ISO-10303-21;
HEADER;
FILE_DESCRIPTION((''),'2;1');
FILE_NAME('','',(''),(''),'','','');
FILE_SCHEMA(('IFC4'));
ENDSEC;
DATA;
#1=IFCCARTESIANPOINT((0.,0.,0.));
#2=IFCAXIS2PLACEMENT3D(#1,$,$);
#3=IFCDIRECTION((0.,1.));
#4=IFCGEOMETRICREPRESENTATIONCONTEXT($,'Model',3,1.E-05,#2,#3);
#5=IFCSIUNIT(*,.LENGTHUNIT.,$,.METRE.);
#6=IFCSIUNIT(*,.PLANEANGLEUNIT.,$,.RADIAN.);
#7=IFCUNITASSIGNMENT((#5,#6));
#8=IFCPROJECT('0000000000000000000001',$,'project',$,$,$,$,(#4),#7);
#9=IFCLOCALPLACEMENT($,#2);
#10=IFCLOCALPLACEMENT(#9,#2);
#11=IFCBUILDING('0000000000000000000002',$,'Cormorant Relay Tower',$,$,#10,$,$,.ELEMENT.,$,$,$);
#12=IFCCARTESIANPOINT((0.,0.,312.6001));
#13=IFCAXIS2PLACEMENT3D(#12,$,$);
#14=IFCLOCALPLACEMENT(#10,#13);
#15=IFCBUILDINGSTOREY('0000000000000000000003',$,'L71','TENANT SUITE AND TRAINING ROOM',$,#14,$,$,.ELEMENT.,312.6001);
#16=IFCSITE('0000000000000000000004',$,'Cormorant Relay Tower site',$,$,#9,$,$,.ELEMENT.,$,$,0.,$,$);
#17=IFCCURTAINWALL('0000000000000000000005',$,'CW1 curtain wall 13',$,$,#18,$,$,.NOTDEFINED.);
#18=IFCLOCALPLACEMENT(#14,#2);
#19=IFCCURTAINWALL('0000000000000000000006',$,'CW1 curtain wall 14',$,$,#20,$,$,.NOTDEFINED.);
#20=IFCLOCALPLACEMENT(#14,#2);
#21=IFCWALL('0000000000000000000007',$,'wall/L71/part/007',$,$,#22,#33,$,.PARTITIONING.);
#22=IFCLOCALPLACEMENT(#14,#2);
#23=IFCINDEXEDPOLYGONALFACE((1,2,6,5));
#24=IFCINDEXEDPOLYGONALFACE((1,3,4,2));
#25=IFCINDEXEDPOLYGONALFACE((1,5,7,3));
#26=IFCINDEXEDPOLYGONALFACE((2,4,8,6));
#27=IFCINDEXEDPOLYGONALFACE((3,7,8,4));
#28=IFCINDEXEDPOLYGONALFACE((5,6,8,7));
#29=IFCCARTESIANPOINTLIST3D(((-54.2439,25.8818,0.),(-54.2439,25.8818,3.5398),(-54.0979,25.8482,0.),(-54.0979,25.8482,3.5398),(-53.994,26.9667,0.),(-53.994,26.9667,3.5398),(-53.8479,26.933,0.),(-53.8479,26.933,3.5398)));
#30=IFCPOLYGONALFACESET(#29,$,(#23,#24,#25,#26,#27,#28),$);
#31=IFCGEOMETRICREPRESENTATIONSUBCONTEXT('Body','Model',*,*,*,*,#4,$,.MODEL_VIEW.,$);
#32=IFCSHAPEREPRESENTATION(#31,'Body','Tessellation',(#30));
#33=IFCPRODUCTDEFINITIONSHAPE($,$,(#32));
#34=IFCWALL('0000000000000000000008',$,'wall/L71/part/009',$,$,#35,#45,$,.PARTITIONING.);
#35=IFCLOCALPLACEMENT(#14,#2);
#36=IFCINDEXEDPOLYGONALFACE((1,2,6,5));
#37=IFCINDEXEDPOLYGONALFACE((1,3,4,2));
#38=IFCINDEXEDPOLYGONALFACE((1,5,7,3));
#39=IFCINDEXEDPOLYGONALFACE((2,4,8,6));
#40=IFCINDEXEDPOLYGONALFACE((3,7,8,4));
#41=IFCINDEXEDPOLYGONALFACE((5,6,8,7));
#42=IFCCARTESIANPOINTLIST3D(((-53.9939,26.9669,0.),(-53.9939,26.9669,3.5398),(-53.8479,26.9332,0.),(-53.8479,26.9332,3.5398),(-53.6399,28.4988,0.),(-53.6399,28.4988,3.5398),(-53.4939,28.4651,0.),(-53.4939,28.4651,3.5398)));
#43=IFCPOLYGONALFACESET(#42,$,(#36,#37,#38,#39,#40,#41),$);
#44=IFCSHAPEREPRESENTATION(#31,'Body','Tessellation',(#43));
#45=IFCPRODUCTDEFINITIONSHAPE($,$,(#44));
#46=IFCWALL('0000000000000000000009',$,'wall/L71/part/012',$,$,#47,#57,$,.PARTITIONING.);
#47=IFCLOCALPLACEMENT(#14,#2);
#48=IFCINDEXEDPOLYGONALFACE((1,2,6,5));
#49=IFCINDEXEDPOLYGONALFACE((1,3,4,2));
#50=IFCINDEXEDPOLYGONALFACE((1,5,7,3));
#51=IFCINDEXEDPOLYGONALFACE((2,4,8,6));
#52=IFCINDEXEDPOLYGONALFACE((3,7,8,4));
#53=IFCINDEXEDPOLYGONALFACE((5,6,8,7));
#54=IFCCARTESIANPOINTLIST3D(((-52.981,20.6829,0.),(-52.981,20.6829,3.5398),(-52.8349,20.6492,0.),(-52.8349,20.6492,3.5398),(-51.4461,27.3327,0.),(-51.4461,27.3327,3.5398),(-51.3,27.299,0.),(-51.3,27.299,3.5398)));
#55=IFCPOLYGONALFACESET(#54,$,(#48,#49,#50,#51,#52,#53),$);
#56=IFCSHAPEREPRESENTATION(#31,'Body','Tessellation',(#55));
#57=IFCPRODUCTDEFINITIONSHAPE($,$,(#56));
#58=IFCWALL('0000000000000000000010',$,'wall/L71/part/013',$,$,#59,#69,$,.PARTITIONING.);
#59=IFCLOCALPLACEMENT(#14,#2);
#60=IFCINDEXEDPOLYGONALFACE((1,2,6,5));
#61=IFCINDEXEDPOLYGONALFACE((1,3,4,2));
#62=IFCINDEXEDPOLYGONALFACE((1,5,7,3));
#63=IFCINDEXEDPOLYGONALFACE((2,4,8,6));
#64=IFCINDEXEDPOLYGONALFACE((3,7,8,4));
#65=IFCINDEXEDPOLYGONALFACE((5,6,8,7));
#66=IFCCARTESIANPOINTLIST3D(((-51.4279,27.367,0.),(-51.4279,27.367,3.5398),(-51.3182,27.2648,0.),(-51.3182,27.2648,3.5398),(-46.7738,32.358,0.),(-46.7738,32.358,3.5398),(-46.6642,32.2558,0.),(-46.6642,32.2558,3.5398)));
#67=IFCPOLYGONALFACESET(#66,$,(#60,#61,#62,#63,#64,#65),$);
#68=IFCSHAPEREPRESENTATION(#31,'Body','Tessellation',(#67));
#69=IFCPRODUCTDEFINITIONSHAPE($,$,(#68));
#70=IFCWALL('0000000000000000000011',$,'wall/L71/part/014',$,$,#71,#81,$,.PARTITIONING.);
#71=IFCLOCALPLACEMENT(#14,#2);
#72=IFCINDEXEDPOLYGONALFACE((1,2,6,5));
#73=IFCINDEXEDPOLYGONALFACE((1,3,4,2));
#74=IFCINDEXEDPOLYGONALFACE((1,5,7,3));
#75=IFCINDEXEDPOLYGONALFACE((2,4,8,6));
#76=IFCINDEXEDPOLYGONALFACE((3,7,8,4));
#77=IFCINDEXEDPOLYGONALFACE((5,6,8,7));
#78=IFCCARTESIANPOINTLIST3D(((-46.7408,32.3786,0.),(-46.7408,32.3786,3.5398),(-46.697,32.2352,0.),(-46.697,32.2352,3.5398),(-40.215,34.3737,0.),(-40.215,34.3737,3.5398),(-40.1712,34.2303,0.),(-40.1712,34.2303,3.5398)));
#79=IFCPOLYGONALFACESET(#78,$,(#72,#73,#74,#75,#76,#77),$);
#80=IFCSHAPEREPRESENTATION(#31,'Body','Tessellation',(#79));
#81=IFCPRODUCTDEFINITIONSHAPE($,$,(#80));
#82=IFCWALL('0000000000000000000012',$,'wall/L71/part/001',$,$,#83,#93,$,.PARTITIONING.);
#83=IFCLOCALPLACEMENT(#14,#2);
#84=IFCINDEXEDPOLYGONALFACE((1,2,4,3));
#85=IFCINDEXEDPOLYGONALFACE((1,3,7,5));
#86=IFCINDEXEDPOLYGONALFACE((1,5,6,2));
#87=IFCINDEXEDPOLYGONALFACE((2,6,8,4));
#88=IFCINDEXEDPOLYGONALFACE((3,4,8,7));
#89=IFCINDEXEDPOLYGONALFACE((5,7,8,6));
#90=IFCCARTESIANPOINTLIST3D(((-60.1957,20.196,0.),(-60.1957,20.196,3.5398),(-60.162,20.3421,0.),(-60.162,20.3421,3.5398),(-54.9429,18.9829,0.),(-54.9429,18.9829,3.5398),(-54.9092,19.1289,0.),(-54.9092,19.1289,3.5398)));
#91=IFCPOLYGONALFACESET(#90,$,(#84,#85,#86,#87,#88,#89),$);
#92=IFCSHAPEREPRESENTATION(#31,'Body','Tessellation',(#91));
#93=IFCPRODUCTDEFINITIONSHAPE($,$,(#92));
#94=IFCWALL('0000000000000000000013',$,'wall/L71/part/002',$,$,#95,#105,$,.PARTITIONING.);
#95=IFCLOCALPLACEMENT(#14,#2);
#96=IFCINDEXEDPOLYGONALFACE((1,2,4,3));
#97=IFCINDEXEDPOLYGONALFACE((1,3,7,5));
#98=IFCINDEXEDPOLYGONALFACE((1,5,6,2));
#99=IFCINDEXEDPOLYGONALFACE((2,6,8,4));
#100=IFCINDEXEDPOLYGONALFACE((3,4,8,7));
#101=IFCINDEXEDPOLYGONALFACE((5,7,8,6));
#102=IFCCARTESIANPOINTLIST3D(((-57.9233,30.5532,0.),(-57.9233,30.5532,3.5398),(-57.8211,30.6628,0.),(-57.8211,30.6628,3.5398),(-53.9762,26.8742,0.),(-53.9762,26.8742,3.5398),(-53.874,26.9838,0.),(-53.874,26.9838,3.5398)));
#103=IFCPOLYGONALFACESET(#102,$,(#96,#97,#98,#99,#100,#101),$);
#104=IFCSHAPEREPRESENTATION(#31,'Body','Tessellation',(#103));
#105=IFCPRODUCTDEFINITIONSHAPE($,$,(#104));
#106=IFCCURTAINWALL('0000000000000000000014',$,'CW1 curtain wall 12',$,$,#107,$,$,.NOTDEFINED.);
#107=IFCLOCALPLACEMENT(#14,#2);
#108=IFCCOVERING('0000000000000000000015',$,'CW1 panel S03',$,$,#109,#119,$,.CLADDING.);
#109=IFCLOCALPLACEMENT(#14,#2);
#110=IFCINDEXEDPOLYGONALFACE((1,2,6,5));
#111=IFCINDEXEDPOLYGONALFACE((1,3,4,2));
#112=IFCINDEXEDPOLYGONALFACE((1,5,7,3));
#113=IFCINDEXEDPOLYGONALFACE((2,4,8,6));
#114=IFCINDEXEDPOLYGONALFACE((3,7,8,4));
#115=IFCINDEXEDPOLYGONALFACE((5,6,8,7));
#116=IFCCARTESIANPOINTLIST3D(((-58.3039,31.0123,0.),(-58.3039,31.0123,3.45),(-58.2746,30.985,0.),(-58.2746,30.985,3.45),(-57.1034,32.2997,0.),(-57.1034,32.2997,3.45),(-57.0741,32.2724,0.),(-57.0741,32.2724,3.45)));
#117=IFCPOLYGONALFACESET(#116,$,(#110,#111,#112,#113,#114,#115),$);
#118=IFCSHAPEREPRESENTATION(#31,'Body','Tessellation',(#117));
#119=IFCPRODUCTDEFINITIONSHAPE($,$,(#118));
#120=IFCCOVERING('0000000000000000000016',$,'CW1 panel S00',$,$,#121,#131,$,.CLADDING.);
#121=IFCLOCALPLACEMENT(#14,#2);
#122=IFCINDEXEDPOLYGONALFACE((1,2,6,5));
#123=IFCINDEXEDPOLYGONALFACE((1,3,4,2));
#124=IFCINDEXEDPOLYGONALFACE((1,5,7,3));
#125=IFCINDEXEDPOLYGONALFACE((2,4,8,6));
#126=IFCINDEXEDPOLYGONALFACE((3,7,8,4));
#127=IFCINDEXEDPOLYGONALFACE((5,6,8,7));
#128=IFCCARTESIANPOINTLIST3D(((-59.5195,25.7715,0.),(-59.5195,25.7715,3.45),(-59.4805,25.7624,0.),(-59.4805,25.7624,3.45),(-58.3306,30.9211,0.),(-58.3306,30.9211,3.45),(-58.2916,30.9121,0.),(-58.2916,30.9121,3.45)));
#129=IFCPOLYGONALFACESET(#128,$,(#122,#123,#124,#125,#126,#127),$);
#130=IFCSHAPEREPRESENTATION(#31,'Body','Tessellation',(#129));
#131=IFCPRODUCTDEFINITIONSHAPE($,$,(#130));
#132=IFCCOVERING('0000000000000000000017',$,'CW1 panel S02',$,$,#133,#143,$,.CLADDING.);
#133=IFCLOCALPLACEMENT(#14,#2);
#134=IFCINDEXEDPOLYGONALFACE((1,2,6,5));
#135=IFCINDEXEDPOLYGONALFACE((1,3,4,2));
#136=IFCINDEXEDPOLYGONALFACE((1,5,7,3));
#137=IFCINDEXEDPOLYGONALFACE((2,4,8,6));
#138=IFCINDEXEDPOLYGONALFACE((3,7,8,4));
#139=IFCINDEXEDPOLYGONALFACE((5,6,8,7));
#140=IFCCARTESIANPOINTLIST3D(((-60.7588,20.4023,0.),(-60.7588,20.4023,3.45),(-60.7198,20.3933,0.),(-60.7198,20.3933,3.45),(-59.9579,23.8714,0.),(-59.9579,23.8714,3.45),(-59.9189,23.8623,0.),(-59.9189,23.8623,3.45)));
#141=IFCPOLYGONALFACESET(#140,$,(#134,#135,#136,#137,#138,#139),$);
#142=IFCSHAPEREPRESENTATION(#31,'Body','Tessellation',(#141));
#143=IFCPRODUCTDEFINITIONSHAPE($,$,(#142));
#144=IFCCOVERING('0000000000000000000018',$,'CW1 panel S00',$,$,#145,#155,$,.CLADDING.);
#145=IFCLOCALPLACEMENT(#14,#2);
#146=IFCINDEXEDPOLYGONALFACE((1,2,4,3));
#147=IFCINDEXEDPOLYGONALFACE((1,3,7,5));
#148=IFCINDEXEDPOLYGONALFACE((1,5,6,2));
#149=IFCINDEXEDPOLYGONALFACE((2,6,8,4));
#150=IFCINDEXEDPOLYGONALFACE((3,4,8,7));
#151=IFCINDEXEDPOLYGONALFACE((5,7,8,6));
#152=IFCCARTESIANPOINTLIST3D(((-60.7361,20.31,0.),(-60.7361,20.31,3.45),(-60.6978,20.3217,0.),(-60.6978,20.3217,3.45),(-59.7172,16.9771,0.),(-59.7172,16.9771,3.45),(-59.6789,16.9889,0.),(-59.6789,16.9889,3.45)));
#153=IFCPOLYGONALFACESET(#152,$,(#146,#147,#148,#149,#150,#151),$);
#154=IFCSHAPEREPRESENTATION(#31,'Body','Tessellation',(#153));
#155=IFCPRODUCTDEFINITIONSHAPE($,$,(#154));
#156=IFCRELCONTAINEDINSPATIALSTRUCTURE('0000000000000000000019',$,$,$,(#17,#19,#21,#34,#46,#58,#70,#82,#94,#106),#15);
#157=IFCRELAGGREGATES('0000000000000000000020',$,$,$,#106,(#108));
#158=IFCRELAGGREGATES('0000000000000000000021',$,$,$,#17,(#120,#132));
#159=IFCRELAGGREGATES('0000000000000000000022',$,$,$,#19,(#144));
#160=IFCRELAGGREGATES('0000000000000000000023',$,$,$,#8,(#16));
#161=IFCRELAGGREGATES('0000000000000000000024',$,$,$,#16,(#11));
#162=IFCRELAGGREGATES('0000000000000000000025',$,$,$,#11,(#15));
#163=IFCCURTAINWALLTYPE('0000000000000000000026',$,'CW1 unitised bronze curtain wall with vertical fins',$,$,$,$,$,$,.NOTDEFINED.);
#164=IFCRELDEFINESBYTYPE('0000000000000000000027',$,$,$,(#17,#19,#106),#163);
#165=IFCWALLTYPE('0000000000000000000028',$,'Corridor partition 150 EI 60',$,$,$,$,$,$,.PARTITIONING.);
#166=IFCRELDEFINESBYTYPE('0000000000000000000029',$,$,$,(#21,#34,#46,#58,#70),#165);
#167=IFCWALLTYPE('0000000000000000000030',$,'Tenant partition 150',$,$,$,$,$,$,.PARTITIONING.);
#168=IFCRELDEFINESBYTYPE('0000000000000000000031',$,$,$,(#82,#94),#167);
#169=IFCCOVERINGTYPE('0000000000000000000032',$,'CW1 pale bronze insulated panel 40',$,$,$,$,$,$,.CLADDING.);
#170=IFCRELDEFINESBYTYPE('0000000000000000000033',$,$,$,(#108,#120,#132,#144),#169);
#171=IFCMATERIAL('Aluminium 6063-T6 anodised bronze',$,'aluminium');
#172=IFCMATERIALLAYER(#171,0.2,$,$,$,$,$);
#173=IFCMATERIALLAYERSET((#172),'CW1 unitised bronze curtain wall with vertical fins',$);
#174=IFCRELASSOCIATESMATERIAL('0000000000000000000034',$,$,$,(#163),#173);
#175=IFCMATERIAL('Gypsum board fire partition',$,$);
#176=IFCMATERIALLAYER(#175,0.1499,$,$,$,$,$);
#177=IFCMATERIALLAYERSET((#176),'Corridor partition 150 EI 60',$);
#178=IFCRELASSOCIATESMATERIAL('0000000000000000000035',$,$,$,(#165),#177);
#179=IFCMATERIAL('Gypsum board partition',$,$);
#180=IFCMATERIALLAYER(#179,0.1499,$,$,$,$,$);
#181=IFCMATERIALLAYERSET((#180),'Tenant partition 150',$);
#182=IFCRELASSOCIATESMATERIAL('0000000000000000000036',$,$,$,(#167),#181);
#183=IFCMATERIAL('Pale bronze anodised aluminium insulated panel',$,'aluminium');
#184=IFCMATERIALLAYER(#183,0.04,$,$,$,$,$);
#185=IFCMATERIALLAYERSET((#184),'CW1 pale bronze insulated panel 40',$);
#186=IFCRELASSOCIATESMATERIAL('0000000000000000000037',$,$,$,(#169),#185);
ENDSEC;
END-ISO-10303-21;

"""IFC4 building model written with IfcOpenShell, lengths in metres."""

from ifc_helpers import new_model, si_unit, direction, frame, frame_2d, origin, origin_2d, place, context, subcontext, project, spatial, rectangle, extrude, material, layer, layer_set, type_object, element, aggregate, save


model = new_model("IFC4")

# Units and contexts
model_context = context("Model", 3, precision=1e-05, world=origin(), true_north=direction((0.0, 1.0)))
body_context = subcontext(model_context, "Body", "Model", "MODEL_VIEW")
ifc_project = project(units=[si_unit("LENGTHUNIT", "METRE"), si_unit("PLANEANGLEUNIT", "RADIAN")], contexts=[model_context])

# Site, building, storey
site_placement = place(None, origin())
site = spatial("IfcSite", under=ifc_project, at=site_placement, Name="Cormorant Relay Tower site", CompositionType="ELEMENT", RefElevation=0.0)
building_placement = place(site_placement, origin())
building = spatial("IfcBuilding", under=site, at=building_placement, Name="Cormorant Relay Tower", CompositionType="ELEMENT")
storey_placement = place(building_placement, frame((0.0, 0.0, 312.6001)))
storey = spatial("IfcBuildingStorey", under=building, at=storey_placement, Name="L71", Description="TENANT SUITE AND TRAINING ROOM", CompositionType="ELEMENT", Elevation=312.6001)

# Curtain wall
ifc_material_1 = material(Name="Aluminium 6063-T6 anodised bronze", Category="aluminium")
ifc_layer_1 = layer(ifc_material_1, 0.2)
ifc_layer_set_1 = layer_set([ifc_layer_1], Name="CW1 unitised bronze curtain wall with vertical fins")
curtain_wall_type = type_object("IfcCurtainWallType", Name="CW1 unitised bronze curtain wall with vertical fins", PredefinedType="NOTDEFINED", material=ifc_layer_set_1)
curtain_wall_1_placement = place(storey_placement, origin())
curtain_wall_1 = element("IfcCurtainWall", 1, at=curtain_wall_1_placement, inside=storey, type_object=curtain_wall_type, Name="CW1 curtain wall 13", PredefinedType="NOTDEFINED")

# Curtain wall
curtain_wall_2_placement = place(storey_placement, origin())
curtain_wall_2 = element("IfcCurtainWall", 2, at=curtain_wall_2_placement, inside=storey, type_object=curtain_wall_type, Name="CW1 curtain wall 14", PredefinedType="NOTDEFINED")

# Shared definitions
ifc_material_2 = material(Name="Gypsum board fire partition")
ifc_layer_2 = layer(ifc_material_2, 0.1499)
ifc_layer_set_2 = layer_set([ifc_layer_2], Name="Corridor partition 150 EI 60")
wall_type_1 = type_object("IfcWallType", Name="Corridor partition 150 EI 60", PredefinedType="PARTITIONING", material=ifc_layer_set_2)

# Walls
wall_1_placement = place(storey_placement, frame((-54.1709, 25.865, 0.0), z_axis=(0.0, 0.0, 1.0), x_axis=(0.224539, 0.974465, 0.0)))
element("IfcWall", 3, at=wall_1_placement, inside=storey, type_object=wall_type_1, Name="wall/L71/part/007", PredefinedType="PARTITIONING", context=body_context, shape_type="SweptSolid", body=[
    extrude(rectangle(XDim=1.1133, YDim=0.1499, at=frame_2d((0.5566, 0.0))), origin(), (0.0, 0.0, 1.0), 3.5398),
])
wall_2_placement = place(storey_placement, frame((-53.5669, 28.4819, 0.0), z_axis=(0.0, 0.0, 1.0), x_axis=(-0.225143, -0.974326, 0.0)))
element("IfcWall", 4, at=wall_2_placement, inside=storey, type_object=wall_type_1, Name="wall/L71/part/009", PredefinedType="PARTITIONING", context=body_context, shape_type="SweptSolid", body=[
    extrude(rectangle(XDim=1.5723, YDim=0.1499, at=frame_2d((0.7861, 0.0))), origin(), (0.0, 0.0, 1.0), 3.5398),
])
wall_3_placement = place(storey_placement, frame((-52.908, 20.666, 0.0), z_axis=(0.0, 0.0, 1.0), x_axis=(0.224904, 0.974381, 0.0)))
element("IfcWall", 5, at=wall_3_placement, inside=storey, type_object=wall_type_1, Name="wall/L71/part/012", PredefinedType="PARTITIONING", context=body_context, shape_type="SweptSolid", body=[
    extrude(rectangle(XDim=6.8247, YDim=0.1499, at=frame_2d((3.4124, 0.0))), origin(), (0.0, 0.0, 1.0), 3.5398),
])
wall_4_placement = place(storey_placement, frame((-51.373, 27.3159, 0.0), z_axis=(0.0, 0.0, 1.0), x_axis=(0.681991, 0.731361, 0.0)))
element("IfcWall", 6, at=wall_4_placement, inside=storey, type_object=wall_type_1, Name="wall/L71/part/013", PredefinedType="PARTITIONING", context=body_context, shape_type="SweptSolid", body=[
    extrude(rectangle(XDim=6.8242, YDim=0.1499, at=frame_2d((3.4121, 0.0))), origin(), (0.0, 0.0, 1.0), 3.5398),
])
wall_5_placement = place(storey_placement, frame((-46.719, 32.3069, 0.0), z_axis=(0.0, 0.0, 1.0), x_axis=(0.956307, 0.292366, 0.0)))
element("IfcWall", 7, at=wall_5_placement, inside=storey, type_object=wall_type_1, Name="wall/L71/part/014", PredefinedType="PARTITIONING", context=body_context, shape_type="SweptSolid", body=[
    extrude(rectangle(XDim=6.824, YDim=0.1499, at=frame_2d((3.4121, 0.0))), origin(), (0.0, 0.0, 1.0), 3.5398),
])
ifc_material_3 = material(Name="Gypsum board partition")
ifc_layer_3 = layer(ifc_material_3, 0.1499)
ifc_layer_set_3 = layer_set([ifc_layer_3], Name="Tenant partition 150")
wall_type_2 = type_object("IfcWallType", Name="Tenant partition 150", PredefinedType="PARTITIONING", material=ifc_layer_set_3)
wall_6_placement = place(storey_placement, frame((-54.926, 19.0559, 0.0), z_axis=(0.0, 0.0, 1.0), x_axis=(-0.974354, 0.225022, 0.0)))
element("IfcWall", 8, at=wall_6_placement, inside=storey, type_object=wall_type_2, Name="wall/L71/part/001", PredefinedType="PARTITIONING", context=body_context, shape_type="SweptSolid", body=[
    extrude(rectangle(XDim=5.3911, YDim=0.1499, at=frame_2d((2.6956, 0.0))), origin(), (0.0, 0.0, 1.0), 3.5398),
])
wall_7_placement = place(storey_placement, frame((-57.8721, 30.6079, 0.0), z_axis=(0.0, 0.0, 1.0), x_axis=(0.731511, -0.68183, 0.0)))
element("IfcWall", 9, at=wall_7_placement, inside=storey, type_object=wall_type_2, Name="wall/L71/part/002", PredefinedType="PARTITIONING", context=body_context, shape_type="SweptSolid", body=[
    extrude(rectangle(XDim=5.3958, YDim=0.1499, at=frame_2d((2.6978, 0.0))), origin(), (0.0, 0.0, 1.0), 3.5398),
])

# Curtain wall, covering
curtain_wall_3_placement = place(storey_placement, origin())
curtain_wall_3 = element("IfcCurtainWall", 10, at=curtain_wall_3_placement, inside=storey, type_object=curtain_wall_type, Name="CW1 curtain wall 12", PredefinedType="NOTDEFINED")
ifc_material_4 = material(Name="Pale bronze anodised aluminium insulated panel", Category="aluminium")
ifc_layer_4 = layer(ifc_material_4, 0.04)
ifc_layer_set_4 = layer_set([ifc_layer_4], Name="CW1 pale bronze insulated panel 40")
covering_type = type_object("IfcCoveringType", Name="CW1 pale bronze insulated panel 40", PredefinedType="CLADDING", material=ifc_layer_set_4)
covering_1_placement = place(storey_placement, frame((-57.689, 31.6423, 0.0), z_axis=(0.0, 0.0, 1.0), x_axis=(-0.681998, -0.731354, 0.0)))
covering_1 = element("IfcCovering", 11, at=covering_1_placement, type_object=covering_type, Name="CW1 panel S03", PredefinedType="CLADDING", context=body_context, shape_type="SweptSolid", body=[
    extrude(rectangle(XDim=1.7603, YDim=0.04, at=origin_2d()), origin(), (0.0, 0.0, 1.0), 3.45),
])
aggregate(curtain_wall_3, [covering_1])

# Coverings
covering_2_placement = place(storey_placement, frame((-58.9055, 28.3418, 0.0), z_axis=(0.0, 0.0, 1.0), x_axis=(-0.224951, -0.97437, 0.0)))
covering_2 = element("IfcCovering", 12, at=covering_2_placement, type_object=covering_type, Name="CW1 panel S00", PredefinedType="CLADDING", context=body_context, shape_type="SweptSolid", body=[
    extrude(rectangle(XDim=5.2852, YDim=0.04, at=origin_2d()), origin(), (0.0, 0.0, 1.0), 3.45),
])
covering_3_placement = place(storey_placement, frame((-60.3389, 22.1323, 0.0), z_axis=(0.0, 0.0, 1.0), x_axis=(-0.224951, -0.97437, 0.0)))
covering_3 = element("IfcCovering", 13, at=covering_3_placement, type_object=covering_type, Name="CW1 panel S02", PredefinedType="CLADDING", context=body_context, shape_type="SweptSolid", body=[
    extrude(rectangle(XDim=3.5603, YDim=0.04, at=origin_2d()), origin(), (0.0, 0.0, 1.0), 3.45),
])
aggregate(curtain_wall_1, [covering_2, covering_3])
covering_4_placement = place(storey_placement, frame((-60.2075, 18.6494, 0.0), z_axis=(0.0, 0.0, 1.0), x_axis=(0.292372, -0.956305, 0.0)))
covering_4 = element("IfcCovering", 14, at=covering_4_placement, type_object=covering_type, Name="CW1 panel S00", PredefinedType="CLADDING", context=body_context, shape_type="SweptSolid", body=[
    extrude(rectangle(XDim=3.4851, YDim=0.04, at=origin_2d()), origin(), (0.0, 0.0, 1.0), 3.45),
])
aggregate(curtain_wall_2, [covering_4])

save(model, "model.ifc")
